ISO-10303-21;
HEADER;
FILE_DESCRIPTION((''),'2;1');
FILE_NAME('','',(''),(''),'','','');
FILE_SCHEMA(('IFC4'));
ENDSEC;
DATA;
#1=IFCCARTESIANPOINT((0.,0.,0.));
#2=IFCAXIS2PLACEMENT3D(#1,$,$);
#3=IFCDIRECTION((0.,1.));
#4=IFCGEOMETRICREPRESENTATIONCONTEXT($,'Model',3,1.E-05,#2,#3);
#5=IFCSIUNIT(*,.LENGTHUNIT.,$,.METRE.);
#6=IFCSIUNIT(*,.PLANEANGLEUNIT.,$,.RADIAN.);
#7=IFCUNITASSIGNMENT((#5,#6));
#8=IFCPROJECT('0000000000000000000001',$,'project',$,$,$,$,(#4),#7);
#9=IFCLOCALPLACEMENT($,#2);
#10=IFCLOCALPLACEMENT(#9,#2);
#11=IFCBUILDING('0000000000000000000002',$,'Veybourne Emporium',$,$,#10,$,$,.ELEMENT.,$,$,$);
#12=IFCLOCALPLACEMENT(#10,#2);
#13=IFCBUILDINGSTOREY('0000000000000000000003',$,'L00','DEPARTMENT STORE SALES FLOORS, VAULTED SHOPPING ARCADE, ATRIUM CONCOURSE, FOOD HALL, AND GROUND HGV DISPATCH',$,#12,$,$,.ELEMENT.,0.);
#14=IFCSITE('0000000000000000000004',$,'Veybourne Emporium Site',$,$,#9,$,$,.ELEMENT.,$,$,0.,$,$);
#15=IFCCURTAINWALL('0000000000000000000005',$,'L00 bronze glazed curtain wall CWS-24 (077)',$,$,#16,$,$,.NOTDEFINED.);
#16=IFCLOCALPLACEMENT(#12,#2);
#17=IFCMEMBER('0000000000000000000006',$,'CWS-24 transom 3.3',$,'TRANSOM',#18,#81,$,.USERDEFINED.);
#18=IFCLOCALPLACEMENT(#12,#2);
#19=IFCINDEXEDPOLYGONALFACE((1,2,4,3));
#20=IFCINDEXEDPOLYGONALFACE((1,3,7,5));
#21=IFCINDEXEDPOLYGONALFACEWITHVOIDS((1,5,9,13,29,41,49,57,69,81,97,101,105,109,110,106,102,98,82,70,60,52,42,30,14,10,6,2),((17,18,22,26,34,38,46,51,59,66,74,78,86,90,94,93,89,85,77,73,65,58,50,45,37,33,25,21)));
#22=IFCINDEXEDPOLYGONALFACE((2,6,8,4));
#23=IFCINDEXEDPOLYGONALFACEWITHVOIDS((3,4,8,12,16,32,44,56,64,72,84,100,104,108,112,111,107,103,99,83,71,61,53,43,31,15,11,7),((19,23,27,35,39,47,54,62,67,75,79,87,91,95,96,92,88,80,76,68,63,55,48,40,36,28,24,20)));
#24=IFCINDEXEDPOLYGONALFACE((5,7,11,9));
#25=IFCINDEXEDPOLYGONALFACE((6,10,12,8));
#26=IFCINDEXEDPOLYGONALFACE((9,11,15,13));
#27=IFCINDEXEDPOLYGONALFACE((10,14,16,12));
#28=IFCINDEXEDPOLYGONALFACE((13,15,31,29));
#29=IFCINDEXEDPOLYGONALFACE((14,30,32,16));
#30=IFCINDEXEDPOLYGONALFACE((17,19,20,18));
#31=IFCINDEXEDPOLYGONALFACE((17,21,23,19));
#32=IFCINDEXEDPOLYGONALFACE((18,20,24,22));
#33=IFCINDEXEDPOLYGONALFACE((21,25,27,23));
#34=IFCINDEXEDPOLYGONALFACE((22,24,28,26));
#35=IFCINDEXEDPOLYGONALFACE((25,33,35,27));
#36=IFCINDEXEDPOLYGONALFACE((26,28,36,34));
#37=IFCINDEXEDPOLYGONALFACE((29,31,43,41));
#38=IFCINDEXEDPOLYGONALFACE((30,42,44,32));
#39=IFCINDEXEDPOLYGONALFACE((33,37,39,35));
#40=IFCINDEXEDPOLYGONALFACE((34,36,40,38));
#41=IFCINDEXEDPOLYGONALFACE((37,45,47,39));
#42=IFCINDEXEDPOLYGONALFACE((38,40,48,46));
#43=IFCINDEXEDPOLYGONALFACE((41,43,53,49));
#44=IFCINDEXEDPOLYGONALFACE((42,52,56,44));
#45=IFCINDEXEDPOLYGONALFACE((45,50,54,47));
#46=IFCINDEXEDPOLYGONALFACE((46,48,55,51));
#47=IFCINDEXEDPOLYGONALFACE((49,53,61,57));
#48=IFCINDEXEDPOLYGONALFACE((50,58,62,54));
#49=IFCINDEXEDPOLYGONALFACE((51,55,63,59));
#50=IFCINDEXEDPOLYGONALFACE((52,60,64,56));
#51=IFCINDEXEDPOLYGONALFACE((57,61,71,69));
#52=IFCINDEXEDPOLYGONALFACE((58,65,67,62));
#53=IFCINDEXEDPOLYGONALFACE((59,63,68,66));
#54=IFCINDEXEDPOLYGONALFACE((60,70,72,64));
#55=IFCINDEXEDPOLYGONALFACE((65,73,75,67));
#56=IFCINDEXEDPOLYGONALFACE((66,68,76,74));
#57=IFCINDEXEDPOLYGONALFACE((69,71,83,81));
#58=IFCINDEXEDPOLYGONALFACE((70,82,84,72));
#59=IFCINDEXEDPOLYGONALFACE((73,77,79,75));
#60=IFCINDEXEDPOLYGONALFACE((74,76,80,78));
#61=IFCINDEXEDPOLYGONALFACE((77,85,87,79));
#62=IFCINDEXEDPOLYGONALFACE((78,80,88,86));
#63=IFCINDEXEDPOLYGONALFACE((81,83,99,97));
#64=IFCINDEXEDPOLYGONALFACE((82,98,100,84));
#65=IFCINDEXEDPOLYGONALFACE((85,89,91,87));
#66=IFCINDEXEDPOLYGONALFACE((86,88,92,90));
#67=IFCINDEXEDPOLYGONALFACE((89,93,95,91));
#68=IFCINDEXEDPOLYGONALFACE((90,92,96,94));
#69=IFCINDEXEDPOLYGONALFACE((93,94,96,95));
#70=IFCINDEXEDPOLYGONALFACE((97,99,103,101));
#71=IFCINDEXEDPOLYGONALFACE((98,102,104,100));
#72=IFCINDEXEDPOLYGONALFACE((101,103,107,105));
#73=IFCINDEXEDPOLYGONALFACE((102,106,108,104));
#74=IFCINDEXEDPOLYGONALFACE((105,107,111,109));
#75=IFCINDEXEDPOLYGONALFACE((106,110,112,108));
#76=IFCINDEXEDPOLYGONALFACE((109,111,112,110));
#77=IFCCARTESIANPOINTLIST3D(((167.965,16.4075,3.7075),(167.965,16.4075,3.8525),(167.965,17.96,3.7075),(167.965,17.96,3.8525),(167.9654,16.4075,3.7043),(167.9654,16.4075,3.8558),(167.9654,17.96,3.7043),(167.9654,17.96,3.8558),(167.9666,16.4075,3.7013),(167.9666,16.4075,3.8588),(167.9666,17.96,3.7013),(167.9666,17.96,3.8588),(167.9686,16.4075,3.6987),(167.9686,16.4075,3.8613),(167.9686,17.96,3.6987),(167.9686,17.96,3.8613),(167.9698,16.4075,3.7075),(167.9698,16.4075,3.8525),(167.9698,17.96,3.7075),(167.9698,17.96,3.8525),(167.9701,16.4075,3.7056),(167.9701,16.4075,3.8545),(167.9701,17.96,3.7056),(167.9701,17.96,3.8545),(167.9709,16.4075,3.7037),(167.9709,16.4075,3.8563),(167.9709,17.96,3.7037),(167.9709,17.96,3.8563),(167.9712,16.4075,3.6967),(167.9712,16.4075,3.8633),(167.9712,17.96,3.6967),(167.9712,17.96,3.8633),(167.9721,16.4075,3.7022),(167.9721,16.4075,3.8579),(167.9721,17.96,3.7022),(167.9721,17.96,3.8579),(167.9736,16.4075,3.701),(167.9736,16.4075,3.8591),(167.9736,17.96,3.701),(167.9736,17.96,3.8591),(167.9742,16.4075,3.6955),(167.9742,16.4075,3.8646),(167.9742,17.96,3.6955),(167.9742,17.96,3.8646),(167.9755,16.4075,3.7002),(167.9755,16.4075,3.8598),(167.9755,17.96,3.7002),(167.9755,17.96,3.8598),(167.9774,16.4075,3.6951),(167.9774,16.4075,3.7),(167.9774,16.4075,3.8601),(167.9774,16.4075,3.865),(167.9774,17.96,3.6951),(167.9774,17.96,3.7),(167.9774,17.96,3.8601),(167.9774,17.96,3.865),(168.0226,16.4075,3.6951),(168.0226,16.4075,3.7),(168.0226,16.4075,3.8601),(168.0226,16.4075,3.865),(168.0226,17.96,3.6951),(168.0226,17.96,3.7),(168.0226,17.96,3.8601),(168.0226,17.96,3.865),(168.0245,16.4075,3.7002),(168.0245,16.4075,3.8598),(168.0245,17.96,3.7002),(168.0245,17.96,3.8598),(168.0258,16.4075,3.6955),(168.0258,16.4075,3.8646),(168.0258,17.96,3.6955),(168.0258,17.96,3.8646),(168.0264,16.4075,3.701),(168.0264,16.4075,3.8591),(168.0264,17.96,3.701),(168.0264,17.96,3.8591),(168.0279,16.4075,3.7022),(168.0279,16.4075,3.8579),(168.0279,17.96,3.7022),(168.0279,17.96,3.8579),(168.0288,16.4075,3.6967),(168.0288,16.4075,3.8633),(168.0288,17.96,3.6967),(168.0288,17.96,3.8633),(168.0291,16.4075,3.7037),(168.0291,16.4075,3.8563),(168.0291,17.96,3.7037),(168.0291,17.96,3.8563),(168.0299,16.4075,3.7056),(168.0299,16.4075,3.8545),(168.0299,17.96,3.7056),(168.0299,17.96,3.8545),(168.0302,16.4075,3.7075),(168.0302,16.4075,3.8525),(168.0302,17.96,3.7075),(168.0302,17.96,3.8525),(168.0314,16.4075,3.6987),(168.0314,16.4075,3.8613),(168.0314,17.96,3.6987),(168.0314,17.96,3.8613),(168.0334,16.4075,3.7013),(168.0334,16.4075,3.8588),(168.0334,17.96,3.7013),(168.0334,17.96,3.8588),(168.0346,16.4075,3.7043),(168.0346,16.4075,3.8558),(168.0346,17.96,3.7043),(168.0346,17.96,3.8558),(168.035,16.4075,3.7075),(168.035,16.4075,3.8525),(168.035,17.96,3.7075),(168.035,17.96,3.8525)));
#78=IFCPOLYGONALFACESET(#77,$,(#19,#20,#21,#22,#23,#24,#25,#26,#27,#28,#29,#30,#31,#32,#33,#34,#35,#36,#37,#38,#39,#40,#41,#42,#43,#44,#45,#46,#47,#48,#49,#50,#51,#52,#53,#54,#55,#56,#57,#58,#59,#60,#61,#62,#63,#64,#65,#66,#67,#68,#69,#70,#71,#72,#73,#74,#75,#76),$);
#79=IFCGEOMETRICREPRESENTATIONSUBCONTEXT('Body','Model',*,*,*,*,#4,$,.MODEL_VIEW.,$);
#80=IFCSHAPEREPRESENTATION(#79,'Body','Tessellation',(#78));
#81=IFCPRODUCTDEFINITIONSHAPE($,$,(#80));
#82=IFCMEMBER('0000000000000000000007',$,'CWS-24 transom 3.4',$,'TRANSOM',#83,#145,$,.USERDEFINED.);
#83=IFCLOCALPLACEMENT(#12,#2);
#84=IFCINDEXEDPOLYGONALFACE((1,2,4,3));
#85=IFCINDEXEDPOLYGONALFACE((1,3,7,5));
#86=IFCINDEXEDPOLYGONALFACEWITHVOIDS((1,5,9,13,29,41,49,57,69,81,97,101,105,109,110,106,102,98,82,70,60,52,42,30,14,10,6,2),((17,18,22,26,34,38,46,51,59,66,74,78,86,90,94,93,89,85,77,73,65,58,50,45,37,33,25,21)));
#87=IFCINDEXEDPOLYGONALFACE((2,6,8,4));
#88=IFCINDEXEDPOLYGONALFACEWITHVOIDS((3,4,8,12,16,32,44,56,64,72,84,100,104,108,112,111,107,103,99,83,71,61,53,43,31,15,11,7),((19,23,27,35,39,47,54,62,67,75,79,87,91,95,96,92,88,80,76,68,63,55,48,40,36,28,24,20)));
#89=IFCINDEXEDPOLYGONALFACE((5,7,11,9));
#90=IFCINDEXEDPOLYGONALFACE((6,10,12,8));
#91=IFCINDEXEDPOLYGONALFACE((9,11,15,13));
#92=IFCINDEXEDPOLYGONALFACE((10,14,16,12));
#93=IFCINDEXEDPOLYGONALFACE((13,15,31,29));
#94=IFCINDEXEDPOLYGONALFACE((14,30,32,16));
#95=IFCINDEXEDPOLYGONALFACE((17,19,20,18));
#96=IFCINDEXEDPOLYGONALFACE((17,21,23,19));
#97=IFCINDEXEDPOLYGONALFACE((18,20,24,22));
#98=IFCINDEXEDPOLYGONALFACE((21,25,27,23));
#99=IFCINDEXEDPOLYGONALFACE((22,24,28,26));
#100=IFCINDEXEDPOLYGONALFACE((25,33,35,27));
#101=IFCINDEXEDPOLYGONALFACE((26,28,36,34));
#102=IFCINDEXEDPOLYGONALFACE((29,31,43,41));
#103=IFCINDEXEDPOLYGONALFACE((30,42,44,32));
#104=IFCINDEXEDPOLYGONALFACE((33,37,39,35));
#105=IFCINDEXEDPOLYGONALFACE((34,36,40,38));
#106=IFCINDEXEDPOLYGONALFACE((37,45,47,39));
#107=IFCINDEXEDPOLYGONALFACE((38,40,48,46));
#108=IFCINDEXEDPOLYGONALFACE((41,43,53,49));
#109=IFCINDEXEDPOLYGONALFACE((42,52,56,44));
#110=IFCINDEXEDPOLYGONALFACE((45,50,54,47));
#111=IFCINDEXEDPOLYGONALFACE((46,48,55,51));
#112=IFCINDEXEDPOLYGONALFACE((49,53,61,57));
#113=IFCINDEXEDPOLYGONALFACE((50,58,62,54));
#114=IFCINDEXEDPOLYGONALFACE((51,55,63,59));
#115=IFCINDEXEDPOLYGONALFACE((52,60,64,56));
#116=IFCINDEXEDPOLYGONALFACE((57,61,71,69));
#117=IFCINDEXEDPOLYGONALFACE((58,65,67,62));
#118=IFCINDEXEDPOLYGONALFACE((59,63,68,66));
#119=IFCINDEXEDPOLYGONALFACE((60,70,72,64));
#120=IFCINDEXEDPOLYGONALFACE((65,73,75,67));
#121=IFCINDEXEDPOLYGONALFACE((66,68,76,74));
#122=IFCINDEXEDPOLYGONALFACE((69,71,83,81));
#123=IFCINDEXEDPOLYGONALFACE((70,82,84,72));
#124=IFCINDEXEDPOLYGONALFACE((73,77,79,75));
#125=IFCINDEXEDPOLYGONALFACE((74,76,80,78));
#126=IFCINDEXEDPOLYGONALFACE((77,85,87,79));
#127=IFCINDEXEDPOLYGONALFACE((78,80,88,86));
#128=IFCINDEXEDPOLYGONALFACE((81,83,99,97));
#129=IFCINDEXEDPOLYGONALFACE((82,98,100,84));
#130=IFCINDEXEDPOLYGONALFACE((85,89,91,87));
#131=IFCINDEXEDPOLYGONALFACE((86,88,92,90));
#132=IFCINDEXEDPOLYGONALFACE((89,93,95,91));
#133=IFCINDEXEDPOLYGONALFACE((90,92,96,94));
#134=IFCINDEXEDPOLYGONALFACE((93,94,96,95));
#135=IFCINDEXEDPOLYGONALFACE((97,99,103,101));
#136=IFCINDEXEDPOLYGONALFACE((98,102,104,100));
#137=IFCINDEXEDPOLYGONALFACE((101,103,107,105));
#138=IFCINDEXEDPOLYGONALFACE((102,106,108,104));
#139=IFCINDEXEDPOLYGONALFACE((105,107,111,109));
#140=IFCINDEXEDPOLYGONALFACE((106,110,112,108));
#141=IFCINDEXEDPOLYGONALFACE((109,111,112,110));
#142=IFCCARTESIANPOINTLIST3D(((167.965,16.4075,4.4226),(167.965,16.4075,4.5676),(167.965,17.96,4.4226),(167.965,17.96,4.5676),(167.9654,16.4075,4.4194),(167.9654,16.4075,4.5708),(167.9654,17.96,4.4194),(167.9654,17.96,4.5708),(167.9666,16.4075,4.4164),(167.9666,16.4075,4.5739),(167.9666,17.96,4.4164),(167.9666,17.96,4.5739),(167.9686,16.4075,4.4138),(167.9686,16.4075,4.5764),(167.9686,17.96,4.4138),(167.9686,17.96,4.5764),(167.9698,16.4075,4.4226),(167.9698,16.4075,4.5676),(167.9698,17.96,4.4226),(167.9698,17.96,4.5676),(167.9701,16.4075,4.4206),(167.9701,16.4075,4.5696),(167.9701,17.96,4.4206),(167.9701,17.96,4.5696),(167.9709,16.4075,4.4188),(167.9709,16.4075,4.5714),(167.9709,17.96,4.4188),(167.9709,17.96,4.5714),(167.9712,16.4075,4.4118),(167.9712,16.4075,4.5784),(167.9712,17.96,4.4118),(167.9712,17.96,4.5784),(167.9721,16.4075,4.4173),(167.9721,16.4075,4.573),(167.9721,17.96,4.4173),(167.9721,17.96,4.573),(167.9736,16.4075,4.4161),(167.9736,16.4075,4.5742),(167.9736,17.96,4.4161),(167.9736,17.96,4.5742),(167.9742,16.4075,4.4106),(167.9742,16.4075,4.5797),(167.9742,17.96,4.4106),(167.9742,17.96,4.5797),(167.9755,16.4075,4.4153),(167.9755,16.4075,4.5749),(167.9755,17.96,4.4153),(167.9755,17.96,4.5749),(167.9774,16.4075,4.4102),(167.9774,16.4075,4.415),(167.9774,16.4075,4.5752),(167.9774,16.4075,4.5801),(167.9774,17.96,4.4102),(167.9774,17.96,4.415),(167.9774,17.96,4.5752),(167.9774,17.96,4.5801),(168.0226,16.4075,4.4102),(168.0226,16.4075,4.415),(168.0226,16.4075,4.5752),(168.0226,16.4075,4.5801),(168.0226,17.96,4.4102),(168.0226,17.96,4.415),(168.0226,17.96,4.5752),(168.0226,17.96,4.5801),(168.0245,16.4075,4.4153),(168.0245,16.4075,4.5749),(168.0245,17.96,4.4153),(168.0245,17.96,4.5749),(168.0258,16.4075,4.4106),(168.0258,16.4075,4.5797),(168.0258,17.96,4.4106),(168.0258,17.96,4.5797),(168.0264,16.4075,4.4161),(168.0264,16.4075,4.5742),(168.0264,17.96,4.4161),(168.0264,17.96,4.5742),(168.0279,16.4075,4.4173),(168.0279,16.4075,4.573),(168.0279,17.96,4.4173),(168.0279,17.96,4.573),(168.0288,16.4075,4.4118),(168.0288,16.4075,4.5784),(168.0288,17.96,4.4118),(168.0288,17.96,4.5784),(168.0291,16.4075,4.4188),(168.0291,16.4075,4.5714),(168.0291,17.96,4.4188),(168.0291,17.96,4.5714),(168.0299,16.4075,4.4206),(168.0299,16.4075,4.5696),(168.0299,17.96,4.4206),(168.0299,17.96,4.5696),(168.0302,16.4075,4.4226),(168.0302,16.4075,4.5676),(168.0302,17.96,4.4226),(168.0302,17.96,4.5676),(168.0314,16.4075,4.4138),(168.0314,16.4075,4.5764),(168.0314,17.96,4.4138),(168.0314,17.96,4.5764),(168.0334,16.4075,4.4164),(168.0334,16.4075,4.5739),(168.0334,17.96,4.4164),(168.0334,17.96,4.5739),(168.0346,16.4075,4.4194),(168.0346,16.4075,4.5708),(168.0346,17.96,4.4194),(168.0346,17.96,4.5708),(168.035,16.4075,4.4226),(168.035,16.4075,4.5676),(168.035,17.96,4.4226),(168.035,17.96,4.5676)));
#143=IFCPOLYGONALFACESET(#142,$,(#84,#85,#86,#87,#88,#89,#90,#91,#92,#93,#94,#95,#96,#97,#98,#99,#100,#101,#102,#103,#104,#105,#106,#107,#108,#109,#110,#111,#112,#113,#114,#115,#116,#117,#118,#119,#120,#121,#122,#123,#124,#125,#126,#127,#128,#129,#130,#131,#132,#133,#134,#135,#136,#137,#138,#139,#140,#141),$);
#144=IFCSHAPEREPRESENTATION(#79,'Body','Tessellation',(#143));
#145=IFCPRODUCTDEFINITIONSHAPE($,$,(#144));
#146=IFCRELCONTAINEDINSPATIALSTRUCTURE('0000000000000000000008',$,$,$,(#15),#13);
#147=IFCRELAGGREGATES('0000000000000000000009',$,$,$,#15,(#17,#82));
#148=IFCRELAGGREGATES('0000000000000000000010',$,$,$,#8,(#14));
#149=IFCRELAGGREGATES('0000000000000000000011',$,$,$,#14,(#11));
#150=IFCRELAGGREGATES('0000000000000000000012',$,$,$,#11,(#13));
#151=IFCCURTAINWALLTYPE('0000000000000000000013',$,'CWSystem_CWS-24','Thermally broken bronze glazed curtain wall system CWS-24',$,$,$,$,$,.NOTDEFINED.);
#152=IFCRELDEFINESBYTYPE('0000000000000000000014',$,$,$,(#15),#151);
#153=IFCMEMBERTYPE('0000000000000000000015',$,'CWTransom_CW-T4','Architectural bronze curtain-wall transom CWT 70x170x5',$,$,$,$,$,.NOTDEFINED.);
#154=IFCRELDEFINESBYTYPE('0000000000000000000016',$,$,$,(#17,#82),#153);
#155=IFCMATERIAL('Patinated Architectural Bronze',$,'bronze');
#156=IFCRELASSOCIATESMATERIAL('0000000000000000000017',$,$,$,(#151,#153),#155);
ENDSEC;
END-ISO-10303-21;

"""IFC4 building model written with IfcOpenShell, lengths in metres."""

from ifc_helpers import new_model, si_unit, direction, frame, origin, origin_2d, place, context, subcontext, project, spatial, hollow_rectangle, extrude, material, material_profile, profile_set, type_object, element, aggregate, save


model = new_model("IFC4")

# Units and contexts
model_context = context("Model", 3, precision=1e-05, world=origin(), true_north=direction((0.0, 1.0)))
body_context = subcontext(model_context, "Body", "Model", "MODEL_VIEW")
ifc_project = project(units=[si_unit("LENGTHUNIT", "METRE"), si_unit("PLANEANGLEUNIT", "RADIAN")], contexts=[model_context])

# Site, building, storey
site_placement = place(None, origin())
site = spatial("IfcSite", under=ifc_project, at=site_placement, Name="Veybourne Emporium Site", CompositionType="ELEMENT", RefElevation=0.0)
building_placement = place(site_placement, origin())
building = spatial("IfcBuilding", under=site, at=building_placement, Name="Veybourne Emporium", CompositionType="ELEMENT")
storey_placement = place(building_placement, origin())
storey = spatial("IfcBuildingStorey", under=building, at=storey_placement, Name="L00", Description="DEPARTMENT STORE SALES FLOORS, VAULTED SHOPPING ARCADE, ATRIUM CONCOURSE, FOOD HALL, AND GROUND HGV DISPATCH", CompositionType="ELEMENT", Elevation=0.0)

# Curtain wall
ifc_material_1 = material(Name="Patinated Architectural Bronze", Category="bronze")
curtain_wall_type_1 = type_object("IfcCurtainWallType", Name="CWSystem_CWS-24", Description="Thermally broken bronze glazed curtain wall system CWS-24", PredefinedType="NOTDEFINED", material=ifc_material_1)
curtain_wall_1_placement = place(storey_placement, origin())
curtain_wall_1 = element("IfcCurtainWall", 1, at=curtain_wall_1_placement, inside=storey, type_object=curtain_wall_type_1, Name="L00 bronze glazed curtain wall CWS-24 (077)", PredefinedType="NOTDEFINED")

# Members
ifc_material_profile_1 = material_profile(ifc_material_1, hollow_rectangle(XDim=0.0701, YDim=0.1699, WallThickness=0.0049, InnerFilletRadius=0.0076, OuterFilletRadius=0.0125, at=origin_2d()), Name="CWT 70x170x5")
ifc_profile_set_1 = profile_set([ifc_material_profile_1], Name="Patinated Architectural Bronze")
member_type_1 = type_object("IfcMemberType", Name="CWTransom_CW-T4", Description="Architectural bronze curtain-wall transom CWT 70x170x5", PredefinedType="NOTDEFINED", material=ifc_profile_set_1)
member_1_placement = place(storey_placement, frame((168.0, 17.96, 3.78), z_axis=(0.0, -1.0, 0.0), x_axis=(1.0, 0.0, 0.0)))
member_1 = element("IfcMember", 2, at=member_1_placement, type_object=member_type_1, Name="CWS-24 transom 3.3", ObjectType="TRANSOM", PredefinedType="USERDEFINED", context=body_context, shape_type="SweptSolid", body=[
    extrude(hollow_rectangle(XDim=0.0701, YDim=0.1699, WallThickness=0.0049, InnerFilletRadius=0.0076, OuterFilletRadius=0.0125, at=origin_2d()), origin(), (0.0, 0.0, 1.0), 1.5525),
])
member_2_placement = place(storey_placement, frame((168.0, 17.96, 4.4951), z_axis=(0.0, -1.0, 0.0), x_axis=(1.0, 0.0, 0.0)))
member_2 = element("IfcMember", 3, at=member_2_placement, type_object=member_type_1, Name="CWS-24 transom 3.4", ObjectType="TRANSOM", PredefinedType="USERDEFINED", context=body_context, shape_type="SweptSolid", body=[
    extrude(hollow_rectangle(XDim=0.0701, YDim=0.1699, WallThickness=0.0049, InnerFilletRadius=0.0076, OuterFilletRadius=0.0125, at=origin_2d()), origin(), (0.0, 0.0, 1.0), 1.5525),
])

aggregate(curtain_wall_1, [member_1, member_2])

save(model, "model.ifc")
